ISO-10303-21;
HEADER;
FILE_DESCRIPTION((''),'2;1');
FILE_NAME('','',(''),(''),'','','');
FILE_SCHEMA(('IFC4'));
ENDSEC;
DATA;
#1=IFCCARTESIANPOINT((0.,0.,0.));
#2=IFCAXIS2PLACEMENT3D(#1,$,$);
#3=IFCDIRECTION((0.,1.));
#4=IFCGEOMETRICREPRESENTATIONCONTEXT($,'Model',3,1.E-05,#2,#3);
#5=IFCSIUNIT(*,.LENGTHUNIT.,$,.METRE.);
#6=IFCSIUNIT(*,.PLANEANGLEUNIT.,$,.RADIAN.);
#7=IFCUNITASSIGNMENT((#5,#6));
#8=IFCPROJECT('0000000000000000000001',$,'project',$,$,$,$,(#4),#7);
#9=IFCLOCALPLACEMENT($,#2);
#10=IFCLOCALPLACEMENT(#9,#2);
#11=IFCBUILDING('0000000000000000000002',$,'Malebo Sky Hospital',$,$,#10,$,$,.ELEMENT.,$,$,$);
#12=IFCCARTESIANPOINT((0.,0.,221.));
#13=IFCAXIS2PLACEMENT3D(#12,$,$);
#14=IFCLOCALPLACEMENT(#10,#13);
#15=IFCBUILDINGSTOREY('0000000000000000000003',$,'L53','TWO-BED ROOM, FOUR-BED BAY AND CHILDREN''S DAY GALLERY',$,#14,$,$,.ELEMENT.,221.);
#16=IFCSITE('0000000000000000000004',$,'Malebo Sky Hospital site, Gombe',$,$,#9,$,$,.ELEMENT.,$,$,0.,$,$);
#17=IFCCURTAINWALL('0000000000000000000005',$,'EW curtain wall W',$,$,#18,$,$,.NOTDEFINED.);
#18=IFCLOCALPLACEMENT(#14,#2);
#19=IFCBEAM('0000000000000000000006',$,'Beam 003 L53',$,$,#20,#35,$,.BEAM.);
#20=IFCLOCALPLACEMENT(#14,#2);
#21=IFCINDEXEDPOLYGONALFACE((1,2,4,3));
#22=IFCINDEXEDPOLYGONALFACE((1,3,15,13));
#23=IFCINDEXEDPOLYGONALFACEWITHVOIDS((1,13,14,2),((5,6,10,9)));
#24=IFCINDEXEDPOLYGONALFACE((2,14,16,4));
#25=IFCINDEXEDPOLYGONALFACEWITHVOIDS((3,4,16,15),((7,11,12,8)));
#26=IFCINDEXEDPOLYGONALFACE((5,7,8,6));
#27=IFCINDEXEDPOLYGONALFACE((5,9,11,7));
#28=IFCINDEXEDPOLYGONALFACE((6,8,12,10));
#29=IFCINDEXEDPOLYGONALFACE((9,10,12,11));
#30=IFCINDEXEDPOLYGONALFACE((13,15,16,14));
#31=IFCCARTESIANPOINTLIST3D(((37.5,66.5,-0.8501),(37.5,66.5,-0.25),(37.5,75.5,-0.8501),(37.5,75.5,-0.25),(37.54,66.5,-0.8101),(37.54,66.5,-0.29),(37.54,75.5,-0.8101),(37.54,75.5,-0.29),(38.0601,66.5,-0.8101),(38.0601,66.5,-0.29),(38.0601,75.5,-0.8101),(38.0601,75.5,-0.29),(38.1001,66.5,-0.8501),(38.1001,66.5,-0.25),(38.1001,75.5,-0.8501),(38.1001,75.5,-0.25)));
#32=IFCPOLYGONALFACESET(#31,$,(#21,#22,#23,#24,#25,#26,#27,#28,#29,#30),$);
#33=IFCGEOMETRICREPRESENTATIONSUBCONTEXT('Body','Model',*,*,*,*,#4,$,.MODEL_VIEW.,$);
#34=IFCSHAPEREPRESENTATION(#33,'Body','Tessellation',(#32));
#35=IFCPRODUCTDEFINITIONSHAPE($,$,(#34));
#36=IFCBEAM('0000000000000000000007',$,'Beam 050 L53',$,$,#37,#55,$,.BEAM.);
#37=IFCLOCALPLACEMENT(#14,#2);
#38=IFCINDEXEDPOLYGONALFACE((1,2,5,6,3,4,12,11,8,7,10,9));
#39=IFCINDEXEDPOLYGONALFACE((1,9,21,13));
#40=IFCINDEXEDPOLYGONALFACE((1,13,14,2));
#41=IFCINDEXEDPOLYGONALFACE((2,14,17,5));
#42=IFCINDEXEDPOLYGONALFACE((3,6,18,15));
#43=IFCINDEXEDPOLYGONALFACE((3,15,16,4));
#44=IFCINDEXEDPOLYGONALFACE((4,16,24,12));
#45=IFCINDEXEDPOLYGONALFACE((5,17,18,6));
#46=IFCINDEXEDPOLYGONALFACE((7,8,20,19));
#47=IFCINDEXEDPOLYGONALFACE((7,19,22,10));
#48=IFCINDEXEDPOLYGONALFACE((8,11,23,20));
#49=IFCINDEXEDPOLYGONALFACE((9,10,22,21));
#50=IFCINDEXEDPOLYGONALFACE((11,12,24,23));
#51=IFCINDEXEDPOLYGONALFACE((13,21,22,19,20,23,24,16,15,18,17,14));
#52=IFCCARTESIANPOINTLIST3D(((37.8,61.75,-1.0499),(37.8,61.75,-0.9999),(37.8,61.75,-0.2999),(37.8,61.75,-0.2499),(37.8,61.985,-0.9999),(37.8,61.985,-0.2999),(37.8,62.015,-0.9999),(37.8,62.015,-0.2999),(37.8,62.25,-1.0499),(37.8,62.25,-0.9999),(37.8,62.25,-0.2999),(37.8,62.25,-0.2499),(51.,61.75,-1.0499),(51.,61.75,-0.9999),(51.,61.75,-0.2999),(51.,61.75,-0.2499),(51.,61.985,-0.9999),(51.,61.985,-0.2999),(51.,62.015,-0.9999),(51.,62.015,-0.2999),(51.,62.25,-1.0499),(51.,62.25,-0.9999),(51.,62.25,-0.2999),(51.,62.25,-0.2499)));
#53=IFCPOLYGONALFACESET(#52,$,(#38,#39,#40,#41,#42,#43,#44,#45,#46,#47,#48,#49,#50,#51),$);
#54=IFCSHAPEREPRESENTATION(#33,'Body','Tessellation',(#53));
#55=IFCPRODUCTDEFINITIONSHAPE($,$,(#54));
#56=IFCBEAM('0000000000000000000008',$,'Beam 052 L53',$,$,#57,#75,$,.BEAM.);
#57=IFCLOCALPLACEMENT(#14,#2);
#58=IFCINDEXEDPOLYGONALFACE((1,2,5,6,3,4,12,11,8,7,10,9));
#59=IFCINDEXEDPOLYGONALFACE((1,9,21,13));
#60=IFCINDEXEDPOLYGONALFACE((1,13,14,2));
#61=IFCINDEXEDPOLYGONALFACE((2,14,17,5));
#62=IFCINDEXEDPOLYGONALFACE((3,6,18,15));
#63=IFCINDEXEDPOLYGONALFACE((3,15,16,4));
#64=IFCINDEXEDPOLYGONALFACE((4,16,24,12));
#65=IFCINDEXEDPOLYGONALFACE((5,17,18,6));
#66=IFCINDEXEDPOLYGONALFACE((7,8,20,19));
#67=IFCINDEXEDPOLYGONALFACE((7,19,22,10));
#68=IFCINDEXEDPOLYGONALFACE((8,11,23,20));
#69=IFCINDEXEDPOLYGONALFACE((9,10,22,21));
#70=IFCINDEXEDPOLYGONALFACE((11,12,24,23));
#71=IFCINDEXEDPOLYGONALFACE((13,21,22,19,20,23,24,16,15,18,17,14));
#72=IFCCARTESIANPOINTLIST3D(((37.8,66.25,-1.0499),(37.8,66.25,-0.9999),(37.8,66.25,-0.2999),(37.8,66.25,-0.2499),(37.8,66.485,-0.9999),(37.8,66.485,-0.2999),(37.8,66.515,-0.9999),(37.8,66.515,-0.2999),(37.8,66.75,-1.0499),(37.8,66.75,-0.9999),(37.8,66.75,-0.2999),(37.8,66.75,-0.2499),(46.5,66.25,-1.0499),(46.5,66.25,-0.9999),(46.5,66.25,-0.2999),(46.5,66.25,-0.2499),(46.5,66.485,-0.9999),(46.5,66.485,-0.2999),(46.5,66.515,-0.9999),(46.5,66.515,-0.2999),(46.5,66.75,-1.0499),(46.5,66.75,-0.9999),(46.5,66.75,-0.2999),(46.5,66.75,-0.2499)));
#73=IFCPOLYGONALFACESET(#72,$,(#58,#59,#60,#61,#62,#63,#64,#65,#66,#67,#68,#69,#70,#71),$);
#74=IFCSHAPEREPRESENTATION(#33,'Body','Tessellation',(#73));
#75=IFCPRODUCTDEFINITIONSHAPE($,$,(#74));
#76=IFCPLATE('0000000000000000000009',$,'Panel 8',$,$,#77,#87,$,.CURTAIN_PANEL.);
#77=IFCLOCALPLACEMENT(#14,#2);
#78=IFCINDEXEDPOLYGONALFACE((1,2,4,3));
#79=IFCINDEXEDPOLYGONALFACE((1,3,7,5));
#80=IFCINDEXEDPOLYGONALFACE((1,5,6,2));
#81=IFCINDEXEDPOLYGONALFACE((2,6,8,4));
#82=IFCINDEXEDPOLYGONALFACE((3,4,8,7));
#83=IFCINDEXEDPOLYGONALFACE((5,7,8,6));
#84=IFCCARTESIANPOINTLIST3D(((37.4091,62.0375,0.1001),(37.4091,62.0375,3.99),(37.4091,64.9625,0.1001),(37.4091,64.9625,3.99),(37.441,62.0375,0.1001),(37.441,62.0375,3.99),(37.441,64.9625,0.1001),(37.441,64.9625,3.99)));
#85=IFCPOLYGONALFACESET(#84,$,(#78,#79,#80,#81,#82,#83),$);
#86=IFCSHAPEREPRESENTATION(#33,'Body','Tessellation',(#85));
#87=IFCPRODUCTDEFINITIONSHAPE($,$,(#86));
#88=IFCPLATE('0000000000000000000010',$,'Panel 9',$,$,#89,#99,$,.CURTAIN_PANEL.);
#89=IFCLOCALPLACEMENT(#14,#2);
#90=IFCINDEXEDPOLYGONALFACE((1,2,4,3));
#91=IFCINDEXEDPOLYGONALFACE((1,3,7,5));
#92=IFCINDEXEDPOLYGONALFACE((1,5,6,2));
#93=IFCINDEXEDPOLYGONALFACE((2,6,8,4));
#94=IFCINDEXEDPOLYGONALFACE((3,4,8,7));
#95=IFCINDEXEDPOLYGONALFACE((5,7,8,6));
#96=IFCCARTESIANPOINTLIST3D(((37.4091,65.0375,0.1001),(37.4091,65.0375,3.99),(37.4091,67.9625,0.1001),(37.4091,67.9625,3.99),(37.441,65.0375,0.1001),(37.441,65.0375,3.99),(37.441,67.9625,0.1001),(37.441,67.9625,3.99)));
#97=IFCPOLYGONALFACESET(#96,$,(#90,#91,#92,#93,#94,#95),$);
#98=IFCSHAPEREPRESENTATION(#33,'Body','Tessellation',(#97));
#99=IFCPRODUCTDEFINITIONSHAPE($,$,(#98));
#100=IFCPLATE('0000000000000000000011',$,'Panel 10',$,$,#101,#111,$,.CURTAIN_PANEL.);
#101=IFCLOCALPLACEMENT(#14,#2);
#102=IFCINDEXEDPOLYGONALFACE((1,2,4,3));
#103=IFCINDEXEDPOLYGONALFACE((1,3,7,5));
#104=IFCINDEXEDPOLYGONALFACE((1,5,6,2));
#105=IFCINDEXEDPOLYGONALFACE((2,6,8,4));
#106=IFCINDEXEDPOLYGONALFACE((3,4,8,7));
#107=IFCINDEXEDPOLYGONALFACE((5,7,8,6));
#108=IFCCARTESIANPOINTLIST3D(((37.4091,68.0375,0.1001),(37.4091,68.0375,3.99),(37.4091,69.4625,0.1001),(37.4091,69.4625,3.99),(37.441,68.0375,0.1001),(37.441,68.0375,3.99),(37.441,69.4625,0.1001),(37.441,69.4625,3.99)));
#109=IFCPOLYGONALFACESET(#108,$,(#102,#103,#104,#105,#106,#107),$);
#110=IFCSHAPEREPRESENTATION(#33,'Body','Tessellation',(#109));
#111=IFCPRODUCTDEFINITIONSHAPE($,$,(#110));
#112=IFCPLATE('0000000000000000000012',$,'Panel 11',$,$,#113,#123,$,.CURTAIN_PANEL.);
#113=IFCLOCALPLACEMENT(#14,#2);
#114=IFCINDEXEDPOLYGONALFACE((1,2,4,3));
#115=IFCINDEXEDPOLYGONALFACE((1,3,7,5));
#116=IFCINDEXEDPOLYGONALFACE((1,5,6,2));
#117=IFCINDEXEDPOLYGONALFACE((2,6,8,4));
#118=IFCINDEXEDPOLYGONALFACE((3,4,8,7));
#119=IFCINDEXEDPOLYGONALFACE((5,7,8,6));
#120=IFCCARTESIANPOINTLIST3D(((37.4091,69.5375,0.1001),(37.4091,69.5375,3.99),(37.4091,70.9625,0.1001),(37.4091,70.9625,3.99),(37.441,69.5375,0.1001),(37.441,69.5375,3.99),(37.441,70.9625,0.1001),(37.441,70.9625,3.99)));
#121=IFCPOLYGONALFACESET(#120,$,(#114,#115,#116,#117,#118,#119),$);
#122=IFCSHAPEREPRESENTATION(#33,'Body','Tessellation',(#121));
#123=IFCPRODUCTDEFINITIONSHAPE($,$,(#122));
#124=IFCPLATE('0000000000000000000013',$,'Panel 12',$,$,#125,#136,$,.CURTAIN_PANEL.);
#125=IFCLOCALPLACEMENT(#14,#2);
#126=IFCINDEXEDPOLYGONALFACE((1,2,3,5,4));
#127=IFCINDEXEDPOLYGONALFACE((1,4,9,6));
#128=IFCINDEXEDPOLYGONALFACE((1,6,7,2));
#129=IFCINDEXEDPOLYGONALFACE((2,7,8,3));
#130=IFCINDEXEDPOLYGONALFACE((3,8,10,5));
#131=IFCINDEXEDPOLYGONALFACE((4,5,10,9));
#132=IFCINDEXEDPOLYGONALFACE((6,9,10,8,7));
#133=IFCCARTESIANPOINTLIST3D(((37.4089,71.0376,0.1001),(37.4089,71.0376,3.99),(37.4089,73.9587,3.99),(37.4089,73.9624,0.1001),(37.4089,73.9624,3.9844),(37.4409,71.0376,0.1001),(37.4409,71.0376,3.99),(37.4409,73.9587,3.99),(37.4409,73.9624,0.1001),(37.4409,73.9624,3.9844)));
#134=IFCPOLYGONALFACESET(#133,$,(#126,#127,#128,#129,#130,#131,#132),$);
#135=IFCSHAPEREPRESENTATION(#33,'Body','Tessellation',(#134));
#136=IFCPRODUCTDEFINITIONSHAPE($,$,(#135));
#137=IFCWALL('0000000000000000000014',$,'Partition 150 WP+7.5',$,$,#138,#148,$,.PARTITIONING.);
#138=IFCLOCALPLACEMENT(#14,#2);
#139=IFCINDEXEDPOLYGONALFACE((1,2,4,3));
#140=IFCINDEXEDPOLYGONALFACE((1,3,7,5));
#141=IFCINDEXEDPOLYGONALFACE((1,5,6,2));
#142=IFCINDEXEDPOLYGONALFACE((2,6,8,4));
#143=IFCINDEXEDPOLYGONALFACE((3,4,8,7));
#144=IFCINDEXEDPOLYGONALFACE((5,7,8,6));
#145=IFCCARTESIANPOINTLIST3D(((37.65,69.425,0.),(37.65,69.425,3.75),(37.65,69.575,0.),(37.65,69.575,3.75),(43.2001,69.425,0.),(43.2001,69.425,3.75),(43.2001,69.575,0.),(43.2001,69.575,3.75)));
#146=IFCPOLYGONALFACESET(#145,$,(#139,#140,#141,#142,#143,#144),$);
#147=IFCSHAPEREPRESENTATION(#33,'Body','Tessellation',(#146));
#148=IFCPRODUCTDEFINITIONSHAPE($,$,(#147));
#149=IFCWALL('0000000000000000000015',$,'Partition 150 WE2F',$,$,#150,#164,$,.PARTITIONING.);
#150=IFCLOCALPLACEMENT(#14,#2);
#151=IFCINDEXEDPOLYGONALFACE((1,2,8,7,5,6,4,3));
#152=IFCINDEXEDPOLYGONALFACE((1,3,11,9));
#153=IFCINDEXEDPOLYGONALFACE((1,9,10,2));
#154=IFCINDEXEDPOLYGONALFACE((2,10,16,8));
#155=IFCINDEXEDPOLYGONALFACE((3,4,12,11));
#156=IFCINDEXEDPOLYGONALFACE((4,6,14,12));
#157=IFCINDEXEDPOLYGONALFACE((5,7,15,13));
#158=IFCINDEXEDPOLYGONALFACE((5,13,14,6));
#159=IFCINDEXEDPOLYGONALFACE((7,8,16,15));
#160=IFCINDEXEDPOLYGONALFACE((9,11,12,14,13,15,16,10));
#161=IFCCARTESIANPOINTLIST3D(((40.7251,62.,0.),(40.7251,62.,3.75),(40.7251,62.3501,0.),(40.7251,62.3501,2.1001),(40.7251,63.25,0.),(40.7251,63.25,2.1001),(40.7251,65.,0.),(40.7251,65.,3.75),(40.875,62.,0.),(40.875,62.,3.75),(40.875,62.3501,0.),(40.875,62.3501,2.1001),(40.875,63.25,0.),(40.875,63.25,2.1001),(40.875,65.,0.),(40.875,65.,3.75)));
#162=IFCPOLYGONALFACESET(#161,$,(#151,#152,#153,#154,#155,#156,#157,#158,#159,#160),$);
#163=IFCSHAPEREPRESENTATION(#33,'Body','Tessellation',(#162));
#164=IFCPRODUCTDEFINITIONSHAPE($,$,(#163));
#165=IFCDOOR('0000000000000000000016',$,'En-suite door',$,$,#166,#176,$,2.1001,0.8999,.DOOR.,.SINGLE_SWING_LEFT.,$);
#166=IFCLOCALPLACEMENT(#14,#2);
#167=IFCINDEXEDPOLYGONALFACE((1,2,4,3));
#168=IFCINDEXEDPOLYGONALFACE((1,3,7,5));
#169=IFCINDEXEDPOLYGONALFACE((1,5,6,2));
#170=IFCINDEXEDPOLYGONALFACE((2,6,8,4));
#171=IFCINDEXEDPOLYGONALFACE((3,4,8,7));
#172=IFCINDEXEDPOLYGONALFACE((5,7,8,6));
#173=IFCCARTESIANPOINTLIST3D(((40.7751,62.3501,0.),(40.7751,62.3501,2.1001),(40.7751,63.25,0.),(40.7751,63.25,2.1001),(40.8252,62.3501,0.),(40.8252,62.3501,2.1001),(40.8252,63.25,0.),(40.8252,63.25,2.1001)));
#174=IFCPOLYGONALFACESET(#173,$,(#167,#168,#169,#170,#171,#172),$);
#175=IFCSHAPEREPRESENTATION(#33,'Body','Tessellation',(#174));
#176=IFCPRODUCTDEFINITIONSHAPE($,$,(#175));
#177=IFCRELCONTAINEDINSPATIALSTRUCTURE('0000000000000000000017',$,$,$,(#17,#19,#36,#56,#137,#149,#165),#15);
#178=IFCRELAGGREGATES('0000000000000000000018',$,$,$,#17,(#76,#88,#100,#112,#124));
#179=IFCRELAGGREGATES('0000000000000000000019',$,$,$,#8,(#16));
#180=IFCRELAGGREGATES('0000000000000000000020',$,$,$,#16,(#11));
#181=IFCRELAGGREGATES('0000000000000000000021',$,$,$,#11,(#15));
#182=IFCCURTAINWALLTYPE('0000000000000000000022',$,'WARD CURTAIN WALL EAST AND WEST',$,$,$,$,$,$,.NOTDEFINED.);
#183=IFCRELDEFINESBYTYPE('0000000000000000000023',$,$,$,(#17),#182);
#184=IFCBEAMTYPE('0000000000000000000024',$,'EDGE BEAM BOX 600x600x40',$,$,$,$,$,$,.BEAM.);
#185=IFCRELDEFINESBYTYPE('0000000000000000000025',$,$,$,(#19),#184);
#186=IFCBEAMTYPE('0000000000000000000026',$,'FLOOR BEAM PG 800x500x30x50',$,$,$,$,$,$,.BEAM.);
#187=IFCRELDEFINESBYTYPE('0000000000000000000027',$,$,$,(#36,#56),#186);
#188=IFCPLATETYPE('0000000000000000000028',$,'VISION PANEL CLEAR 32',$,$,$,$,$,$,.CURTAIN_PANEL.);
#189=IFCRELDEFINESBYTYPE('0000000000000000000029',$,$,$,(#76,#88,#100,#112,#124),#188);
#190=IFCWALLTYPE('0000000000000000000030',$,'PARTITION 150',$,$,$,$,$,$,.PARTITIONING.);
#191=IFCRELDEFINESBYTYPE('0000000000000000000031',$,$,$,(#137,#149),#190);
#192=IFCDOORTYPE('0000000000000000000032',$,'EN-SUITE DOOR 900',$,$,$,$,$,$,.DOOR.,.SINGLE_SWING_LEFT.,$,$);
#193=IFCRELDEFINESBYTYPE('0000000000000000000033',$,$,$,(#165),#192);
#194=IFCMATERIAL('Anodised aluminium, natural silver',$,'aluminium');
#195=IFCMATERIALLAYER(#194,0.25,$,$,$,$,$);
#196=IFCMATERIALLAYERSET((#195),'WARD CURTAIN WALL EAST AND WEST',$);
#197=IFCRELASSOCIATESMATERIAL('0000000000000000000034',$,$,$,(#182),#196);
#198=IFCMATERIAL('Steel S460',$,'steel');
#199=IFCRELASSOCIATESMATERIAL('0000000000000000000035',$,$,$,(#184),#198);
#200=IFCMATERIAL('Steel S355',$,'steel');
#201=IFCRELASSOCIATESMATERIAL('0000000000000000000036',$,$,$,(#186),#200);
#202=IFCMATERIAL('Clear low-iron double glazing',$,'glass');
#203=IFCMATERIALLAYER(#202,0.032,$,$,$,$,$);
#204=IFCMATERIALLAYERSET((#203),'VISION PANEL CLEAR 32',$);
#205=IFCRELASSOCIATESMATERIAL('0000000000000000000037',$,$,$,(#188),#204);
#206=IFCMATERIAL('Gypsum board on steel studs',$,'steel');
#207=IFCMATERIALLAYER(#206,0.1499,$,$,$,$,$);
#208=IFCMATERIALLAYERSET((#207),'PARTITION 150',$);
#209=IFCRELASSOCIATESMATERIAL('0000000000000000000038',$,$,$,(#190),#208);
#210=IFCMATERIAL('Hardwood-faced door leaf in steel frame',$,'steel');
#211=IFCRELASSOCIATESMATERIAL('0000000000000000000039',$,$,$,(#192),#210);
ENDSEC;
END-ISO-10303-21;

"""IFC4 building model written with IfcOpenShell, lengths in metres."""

from ifc_helpers import new_model, si_unit, direction, frame, frame_2d, origin, origin_2d, place, context, subcontext, project, spatial, polyline, rectangle, hollow_rectangle, i_section, outline, extrude, material, layer, layer_set, material_profile, profile_set, type_object, element, fill, aggregate, save


model = new_model("IFC4")

# Units and contexts
model_context = context("Model", 3, precision=1e-05, world=origin(), true_north=direction((0.0, 1.0)))
body_context = subcontext(model_context, "Body", "Model", "MODEL_VIEW")
ifc_project = project(units=[si_unit("LENGTHUNIT", "METRE"), si_unit("PLANEANGLEUNIT", "RADIAN")], contexts=[model_context])

# Site, building, storey
site_placement = place(None, origin())
site = spatial("IfcSite", under=ifc_project, at=site_placement, Name="Malebo Sky Hospital site, Gombe", CompositionType="ELEMENT", RefElevation=0.0)
building_placement = place(site_placement, origin())
building = spatial("IfcBuilding", under=site, at=building_placement, Name="Malebo Sky Hospital", CompositionType="ELEMENT")
storey_placement = place(building_placement, frame((0.0, 0.0, 221.0)))
storey = spatial("IfcBuildingStorey", under=building, at=storey_placement, Name="L53", Description="TWO-BED ROOM, FOUR-BED BAY AND CHILDREN'S DAY GALLERY", CompositionType="ELEMENT", Elevation=221.0)

# Shared definitions
ifc_material_1 = material(Name="Steel S460", Category="steel")

# Curtain wall
ifc_material_2 = material(Name="Anodised aluminium, natural silver", Category="aluminium")
ifc_layer_1 = layer(ifc_material_2, 0.25)
ifc_layer_set_1 = layer_set([ifc_layer_1], Name="WARD CURTAIN WALL EAST AND WEST")
curtain_wall_type = type_object("IfcCurtainWallType", Name="WARD CURTAIN WALL EAST AND WEST", PredefinedType="NOTDEFINED", material=ifc_layer_set_1)
curtain_wall_placement = place(storey_placement, origin())
curtain_wall = element("IfcCurtainWall", 1, at=curtain_wall_placement, inside=storey, type_object=curtain_wall_type, Name="EW curtain wall W", PredefinedType="NOTDEFINED")

# Beams
ifc_material_profile_1 = material_profile(ifc_material_1, hollow_rectangle(XDim=0.6001, YDim=0.6001, WallThickness=0.04, at=origin_2d()), Name="BOX 600x600x40")
ifc_profile_set_1 = profile_set([ifc_material_profile_1], Name="Steel S460")
beam_type_1 = type_object("IfcBeamType", Name="EDGE BEAM BOX 600x600x40", PredefinedType="BEAM", material=ifc_profile_set_1)
beam_1_placement = place(storey_placement, frame((37.8, 66.5, -0.55), z_axis=(0.0, 1.0, 0.0), x_axis=(-1.0, 0.0, 0.0)))
element("IfcBeam", 2, at=beam_1_placement, inside=storey, type_object=beam_type_1, Name="Beam 003 L53", PredefinedType="BEAM", context=body_context, shape_type="SweptSolid", body=[
    extrude(hollow_rectangle(XDim=0.6001, YDim=0.6001, WallThickness=0.04, at=origin_2d()), origin(), (0.0, 0.0, 1.0), 9.0),
])
ifc_material_3 = material(Name="Steel S355", Category="steel")
ifc_material_profile_2 = material_profile(ifc_material_3, i_section(OverallWidth=0.5, OverallDepth=0.8, WebThickness=0.03, FlangeThickness=0.05, at=origin_2d()), Name="PG 800x500x30x50")
ifc_profile_set_2 = profile_set([ifc_material_profile_2], Name="Steel S355")
beam_type_2 = type_object("IfcBeamType", Name="FLOOR BEAM PG 800x500x30x50", PredefinedType="BEAM", material=ifc_profile_set_2)
beam_2_placement = place(storey_placement, frame((37.8, 62.0, -0.6499), z_axis=(1.0, 0.0, 0.0), x_axis=(0.0, 1.0, 0.0)))
element("IfcBeam", 3, at=beam_2_placement, inside=storey, type_object=beam_type_2, Name="Beam 050 L53", PredefinedType="BEAM", context=body_context, shape_type="SweptSolid", body=[
    extrude(i_section(OverallWidth=0.5, OverallDepth=0.8, WebThickness=0.03, FlangeThickness=0.05, at=origin_2d()), origin(), (0.0, 0.0, 1.0), 13.2),
])
beam_3_placement = place(storey_placement, frame((37.8, 66.5, -0.6499), z_axis=(1.0, 0.0, 0.0), x_axis=(0.0, 1.0, 0.0)))
element("IfcBeam", 4, at=beam_3_placement, inside=storey, type_object=beam_type_2, Name="Beam 052 L53", PredefinedType="BEAM", context=body_context, shape_type="SweptSolid", body=[
    extrude(i_section(OverallWidth=0.5, OverallDepth=0.8, WebThickness=0.03, FlangeThickness=0.05, at=origin_2d()), origin(), (0.0, 0.0, 1.0), 8.7),
])

# Plates
ifc_material_4 = material(Name="Clear low-iron double glazing", Category="glass")
ifc_layer_2 = layer(ifc_material_4, 0.032)
ifc_layer_set_2 = layer_set([ifc_layer_2], Name="VISION PANEL CLEAR 32")
plate_type = type_object("IfcPlateType", Name="VISION PANEL CLEAR 32", PredefinedType="CURTAIN_PANEL", material=ifc_layer_set_2)
plate_1_placement = place(storey_placement, frame((37.425, 63.5, 0.1001), z_axis=(0.0, 0.0, 1.0), x_axis=(0.0, 1.0, 0.0)))
plate_1 = element("IfcPlate", 5, at=plate_1_placement, type_object=plate_type, Name="Panel 8", PredefinedType="CURTAIN_PANEL", context=body_context, shape_type="SweptSolid", body=[
    extrude(rectangle(XDim=2.925, YDim=0.032, at=origin_2d()), origin(), (0.0, 0.0, 1.0), 3.8899),
])
plate_2_placement = place(storey_placement, frame((37.425, 66.5, 0.1001), z_axis=(0.0, 0.0, 1.0), x_axis=(0.0, 1.0, 0.0)))
plate_2 = element("IfcPlate", 6, at=plate_2_placement, type_object=plate_type, Name="Panel 9", PredefinedType="CURTAIN_PANEL", context=body_context, shape_type="SweptSolid", body=[
    extrude(rectangle(XDim=2.925, YDim=0.032, at=origin_2d()), origin(), (0.0, 0.0, 1.0), 3.8899),
])
plate_3_placement = place(storey_placement, frame((37.425, 68.75, 0.1001), z_axis=(0.0, 0.0, 1.0), x_axis=(0.0, 1.0, 0.0)))
plate_3 = element("IfcPlate", 7, at=plate_3_placement, type_object=plate_type, Name="Panel 10", PredefinedType="CURTAIN_PANEL", context=body_context, shape_type="SweptSolid", body=[
    extrude(rectangle(XDim=1.425, YDim=0.032, at=origin_2d()), origin(), (0.0, 0.0, 1.0), 3.8899),
])
plate_4_placement = place(storey_placement, frame((37.425, 70.25, 0.1001), z_axis=(0.0, 0.0, 1.0), x_axis=(0.0, 1.0, 0.0)))
plate_4 = element("IfcPlate", 8, at=plate_4_placement, type_object=plate_type, Name="Panel 11", PredefinedType="CURTAIN_PANEL", context=body_context, shape_type="SweptSolid", body=[
    extrude(rectangle(XDim=1.425, YDim=0.032, at=origin_2d()), origin(), (0.0, 0.0, 1.0), 3.8899),
])
plate_5_placement = place(storey_placement, frame((37.425, 72.5, 0.1001), z_axis=(0.0, 0.0, 1.0), x_axis=(0.0, 1.0, 0.0)))
plate_5 = element("IfcPlate", 9, at=plate_5_placement, type_object=plate_type, Name="Panel 12", PredefinedType="CURTAIN_PANEL", context=body_context, shape_type="SweptSolid", body=[
    extrude(outline(polyline([(-1.4624, 0.0), (1.4624, 0.0), (1.4624, 3.8843), (1.4587, 3.8899), (-1.4624, 3.8899), (-1.4624, 0.0)])), frame((0.0, 0.0161, 0.0), z_axis=(0.0, -1.0, 0.0), x_axis=(1.0, 0.0, 0.0)), (0.0, 0.0, 1.0), 0.032),
])
aggregate(curtain_wall, [plate_1, plate_2, plate_3, plate_4, plate_5])

# Wall
ifc_material_5 = material(Name="Gypsum board on steel studs", Category="steel")
ifc_layer_3 = layer(ifc_material_5, 0.1499)
ifc_layer_set_3 = layer_set([ifc_layer_3], Name="PARTITION 150")
wall_type_1 = type_object("IfcWallType", Name="PARTITION 150", PredefinedType="PARTITIONING", material=ifc_layer_set_3)
wall_1_placement = place(storey_placement, frame((43.2, 69.5, 0.0), z_axis=(0.0, 0.0, 1.0), x_axis=(-1.0, 0.0, 0.0)))
element("IfcWall", 10, at=wall_1_placement, inside=storey, type_object=wall_type_1, Name="Partition 150 WP+7.5", PredefinedType="PARTITIONING", context=body_context, shape_type="SweptSolid", body=[
    extrude(rectangle(XDim=5.55, YDim=0.1499, at=frame_2d((2.7749, 0.0))), origin(), (0.0, 0.0, 1.0), 3.75),
])

# Wall, opening, door
wall_2_placement = place(storey_placement, frame((40.8, 62.0, 0.0), z_axis=(0.0, 0.0, 1.0), x_axis=(0.0, 1.0, 0.0)))
wall_2 = element("IfcWall", 11, at=wall_2_placement, inside=storey, type_object=wall_type_1, Name="Partition 150 WE2F", PredefinedType="PARTITIONING", context=body_context, shape_type="SweptSolid", body=[
    extrude(rectangle(XDim=3.0, YDim=0.1499, at=frame_2d((1.5, 0.0))), origin(), (0.0, 0.0, 1.0), 3.75),
])
opening_1_placement = place(wall_2_placement, frame((0.3501, 0.0, 0.0)))
opening_1 = element("IfcOpeningElement", 12, at=opening_1_placement, cuts=wall_2, PredefinedType="OPENING", context=body_context, shape_type="SweptSolid", body=[
    extrude(rectangle(XDim=0.8999, YDim=2.1001, at=frame_2d((0.45, 1.05))), frame((0.0, 0.085, 0.0), z_axis=(0.0, -1.0, 0.0), x_axis=(1.0, 0.0, 0.0)), (0.0, 0.0, 1.0), 0.1699),
])
ifc_material_6 = material(Name="Hardwood-faced door leaf in steel frame", Category="steel")
door_type = type_object("IfcDoorType", Name="EN-SUITE DOOR 900", OperationType="SINGLE_SWING_LEFT", PredefinedType="DOOR", material=ifc_material_6)
door_1_placement = place(opening_1_placement, origin())
door_1 = element("IfcDoor", 13, at=door_1_placement, inside=storey, type_object=door_type, Name="En-suite door", OperationType="SINGLE_SWING_LEFT", OverallHeight=2.1001, OverallWidth=0.8999, PredefinedType="DOOR", context=body_context, shape_type="SweptSolid", body=[
    extrude(rectangle(XDim=0.8999, YDim=2.1001, at=frame_2d((0.45, 1.05))), frame((0.0, 0.0249, 0.0), z_axis=(0.0, -1.0, 0.0), x_axis=(1.0, 0.0, 0.0)), (0.0, 0.0, 1.0), 0.05),
])
fill(opening_1, door_1)

save(model, "model.ifc")
